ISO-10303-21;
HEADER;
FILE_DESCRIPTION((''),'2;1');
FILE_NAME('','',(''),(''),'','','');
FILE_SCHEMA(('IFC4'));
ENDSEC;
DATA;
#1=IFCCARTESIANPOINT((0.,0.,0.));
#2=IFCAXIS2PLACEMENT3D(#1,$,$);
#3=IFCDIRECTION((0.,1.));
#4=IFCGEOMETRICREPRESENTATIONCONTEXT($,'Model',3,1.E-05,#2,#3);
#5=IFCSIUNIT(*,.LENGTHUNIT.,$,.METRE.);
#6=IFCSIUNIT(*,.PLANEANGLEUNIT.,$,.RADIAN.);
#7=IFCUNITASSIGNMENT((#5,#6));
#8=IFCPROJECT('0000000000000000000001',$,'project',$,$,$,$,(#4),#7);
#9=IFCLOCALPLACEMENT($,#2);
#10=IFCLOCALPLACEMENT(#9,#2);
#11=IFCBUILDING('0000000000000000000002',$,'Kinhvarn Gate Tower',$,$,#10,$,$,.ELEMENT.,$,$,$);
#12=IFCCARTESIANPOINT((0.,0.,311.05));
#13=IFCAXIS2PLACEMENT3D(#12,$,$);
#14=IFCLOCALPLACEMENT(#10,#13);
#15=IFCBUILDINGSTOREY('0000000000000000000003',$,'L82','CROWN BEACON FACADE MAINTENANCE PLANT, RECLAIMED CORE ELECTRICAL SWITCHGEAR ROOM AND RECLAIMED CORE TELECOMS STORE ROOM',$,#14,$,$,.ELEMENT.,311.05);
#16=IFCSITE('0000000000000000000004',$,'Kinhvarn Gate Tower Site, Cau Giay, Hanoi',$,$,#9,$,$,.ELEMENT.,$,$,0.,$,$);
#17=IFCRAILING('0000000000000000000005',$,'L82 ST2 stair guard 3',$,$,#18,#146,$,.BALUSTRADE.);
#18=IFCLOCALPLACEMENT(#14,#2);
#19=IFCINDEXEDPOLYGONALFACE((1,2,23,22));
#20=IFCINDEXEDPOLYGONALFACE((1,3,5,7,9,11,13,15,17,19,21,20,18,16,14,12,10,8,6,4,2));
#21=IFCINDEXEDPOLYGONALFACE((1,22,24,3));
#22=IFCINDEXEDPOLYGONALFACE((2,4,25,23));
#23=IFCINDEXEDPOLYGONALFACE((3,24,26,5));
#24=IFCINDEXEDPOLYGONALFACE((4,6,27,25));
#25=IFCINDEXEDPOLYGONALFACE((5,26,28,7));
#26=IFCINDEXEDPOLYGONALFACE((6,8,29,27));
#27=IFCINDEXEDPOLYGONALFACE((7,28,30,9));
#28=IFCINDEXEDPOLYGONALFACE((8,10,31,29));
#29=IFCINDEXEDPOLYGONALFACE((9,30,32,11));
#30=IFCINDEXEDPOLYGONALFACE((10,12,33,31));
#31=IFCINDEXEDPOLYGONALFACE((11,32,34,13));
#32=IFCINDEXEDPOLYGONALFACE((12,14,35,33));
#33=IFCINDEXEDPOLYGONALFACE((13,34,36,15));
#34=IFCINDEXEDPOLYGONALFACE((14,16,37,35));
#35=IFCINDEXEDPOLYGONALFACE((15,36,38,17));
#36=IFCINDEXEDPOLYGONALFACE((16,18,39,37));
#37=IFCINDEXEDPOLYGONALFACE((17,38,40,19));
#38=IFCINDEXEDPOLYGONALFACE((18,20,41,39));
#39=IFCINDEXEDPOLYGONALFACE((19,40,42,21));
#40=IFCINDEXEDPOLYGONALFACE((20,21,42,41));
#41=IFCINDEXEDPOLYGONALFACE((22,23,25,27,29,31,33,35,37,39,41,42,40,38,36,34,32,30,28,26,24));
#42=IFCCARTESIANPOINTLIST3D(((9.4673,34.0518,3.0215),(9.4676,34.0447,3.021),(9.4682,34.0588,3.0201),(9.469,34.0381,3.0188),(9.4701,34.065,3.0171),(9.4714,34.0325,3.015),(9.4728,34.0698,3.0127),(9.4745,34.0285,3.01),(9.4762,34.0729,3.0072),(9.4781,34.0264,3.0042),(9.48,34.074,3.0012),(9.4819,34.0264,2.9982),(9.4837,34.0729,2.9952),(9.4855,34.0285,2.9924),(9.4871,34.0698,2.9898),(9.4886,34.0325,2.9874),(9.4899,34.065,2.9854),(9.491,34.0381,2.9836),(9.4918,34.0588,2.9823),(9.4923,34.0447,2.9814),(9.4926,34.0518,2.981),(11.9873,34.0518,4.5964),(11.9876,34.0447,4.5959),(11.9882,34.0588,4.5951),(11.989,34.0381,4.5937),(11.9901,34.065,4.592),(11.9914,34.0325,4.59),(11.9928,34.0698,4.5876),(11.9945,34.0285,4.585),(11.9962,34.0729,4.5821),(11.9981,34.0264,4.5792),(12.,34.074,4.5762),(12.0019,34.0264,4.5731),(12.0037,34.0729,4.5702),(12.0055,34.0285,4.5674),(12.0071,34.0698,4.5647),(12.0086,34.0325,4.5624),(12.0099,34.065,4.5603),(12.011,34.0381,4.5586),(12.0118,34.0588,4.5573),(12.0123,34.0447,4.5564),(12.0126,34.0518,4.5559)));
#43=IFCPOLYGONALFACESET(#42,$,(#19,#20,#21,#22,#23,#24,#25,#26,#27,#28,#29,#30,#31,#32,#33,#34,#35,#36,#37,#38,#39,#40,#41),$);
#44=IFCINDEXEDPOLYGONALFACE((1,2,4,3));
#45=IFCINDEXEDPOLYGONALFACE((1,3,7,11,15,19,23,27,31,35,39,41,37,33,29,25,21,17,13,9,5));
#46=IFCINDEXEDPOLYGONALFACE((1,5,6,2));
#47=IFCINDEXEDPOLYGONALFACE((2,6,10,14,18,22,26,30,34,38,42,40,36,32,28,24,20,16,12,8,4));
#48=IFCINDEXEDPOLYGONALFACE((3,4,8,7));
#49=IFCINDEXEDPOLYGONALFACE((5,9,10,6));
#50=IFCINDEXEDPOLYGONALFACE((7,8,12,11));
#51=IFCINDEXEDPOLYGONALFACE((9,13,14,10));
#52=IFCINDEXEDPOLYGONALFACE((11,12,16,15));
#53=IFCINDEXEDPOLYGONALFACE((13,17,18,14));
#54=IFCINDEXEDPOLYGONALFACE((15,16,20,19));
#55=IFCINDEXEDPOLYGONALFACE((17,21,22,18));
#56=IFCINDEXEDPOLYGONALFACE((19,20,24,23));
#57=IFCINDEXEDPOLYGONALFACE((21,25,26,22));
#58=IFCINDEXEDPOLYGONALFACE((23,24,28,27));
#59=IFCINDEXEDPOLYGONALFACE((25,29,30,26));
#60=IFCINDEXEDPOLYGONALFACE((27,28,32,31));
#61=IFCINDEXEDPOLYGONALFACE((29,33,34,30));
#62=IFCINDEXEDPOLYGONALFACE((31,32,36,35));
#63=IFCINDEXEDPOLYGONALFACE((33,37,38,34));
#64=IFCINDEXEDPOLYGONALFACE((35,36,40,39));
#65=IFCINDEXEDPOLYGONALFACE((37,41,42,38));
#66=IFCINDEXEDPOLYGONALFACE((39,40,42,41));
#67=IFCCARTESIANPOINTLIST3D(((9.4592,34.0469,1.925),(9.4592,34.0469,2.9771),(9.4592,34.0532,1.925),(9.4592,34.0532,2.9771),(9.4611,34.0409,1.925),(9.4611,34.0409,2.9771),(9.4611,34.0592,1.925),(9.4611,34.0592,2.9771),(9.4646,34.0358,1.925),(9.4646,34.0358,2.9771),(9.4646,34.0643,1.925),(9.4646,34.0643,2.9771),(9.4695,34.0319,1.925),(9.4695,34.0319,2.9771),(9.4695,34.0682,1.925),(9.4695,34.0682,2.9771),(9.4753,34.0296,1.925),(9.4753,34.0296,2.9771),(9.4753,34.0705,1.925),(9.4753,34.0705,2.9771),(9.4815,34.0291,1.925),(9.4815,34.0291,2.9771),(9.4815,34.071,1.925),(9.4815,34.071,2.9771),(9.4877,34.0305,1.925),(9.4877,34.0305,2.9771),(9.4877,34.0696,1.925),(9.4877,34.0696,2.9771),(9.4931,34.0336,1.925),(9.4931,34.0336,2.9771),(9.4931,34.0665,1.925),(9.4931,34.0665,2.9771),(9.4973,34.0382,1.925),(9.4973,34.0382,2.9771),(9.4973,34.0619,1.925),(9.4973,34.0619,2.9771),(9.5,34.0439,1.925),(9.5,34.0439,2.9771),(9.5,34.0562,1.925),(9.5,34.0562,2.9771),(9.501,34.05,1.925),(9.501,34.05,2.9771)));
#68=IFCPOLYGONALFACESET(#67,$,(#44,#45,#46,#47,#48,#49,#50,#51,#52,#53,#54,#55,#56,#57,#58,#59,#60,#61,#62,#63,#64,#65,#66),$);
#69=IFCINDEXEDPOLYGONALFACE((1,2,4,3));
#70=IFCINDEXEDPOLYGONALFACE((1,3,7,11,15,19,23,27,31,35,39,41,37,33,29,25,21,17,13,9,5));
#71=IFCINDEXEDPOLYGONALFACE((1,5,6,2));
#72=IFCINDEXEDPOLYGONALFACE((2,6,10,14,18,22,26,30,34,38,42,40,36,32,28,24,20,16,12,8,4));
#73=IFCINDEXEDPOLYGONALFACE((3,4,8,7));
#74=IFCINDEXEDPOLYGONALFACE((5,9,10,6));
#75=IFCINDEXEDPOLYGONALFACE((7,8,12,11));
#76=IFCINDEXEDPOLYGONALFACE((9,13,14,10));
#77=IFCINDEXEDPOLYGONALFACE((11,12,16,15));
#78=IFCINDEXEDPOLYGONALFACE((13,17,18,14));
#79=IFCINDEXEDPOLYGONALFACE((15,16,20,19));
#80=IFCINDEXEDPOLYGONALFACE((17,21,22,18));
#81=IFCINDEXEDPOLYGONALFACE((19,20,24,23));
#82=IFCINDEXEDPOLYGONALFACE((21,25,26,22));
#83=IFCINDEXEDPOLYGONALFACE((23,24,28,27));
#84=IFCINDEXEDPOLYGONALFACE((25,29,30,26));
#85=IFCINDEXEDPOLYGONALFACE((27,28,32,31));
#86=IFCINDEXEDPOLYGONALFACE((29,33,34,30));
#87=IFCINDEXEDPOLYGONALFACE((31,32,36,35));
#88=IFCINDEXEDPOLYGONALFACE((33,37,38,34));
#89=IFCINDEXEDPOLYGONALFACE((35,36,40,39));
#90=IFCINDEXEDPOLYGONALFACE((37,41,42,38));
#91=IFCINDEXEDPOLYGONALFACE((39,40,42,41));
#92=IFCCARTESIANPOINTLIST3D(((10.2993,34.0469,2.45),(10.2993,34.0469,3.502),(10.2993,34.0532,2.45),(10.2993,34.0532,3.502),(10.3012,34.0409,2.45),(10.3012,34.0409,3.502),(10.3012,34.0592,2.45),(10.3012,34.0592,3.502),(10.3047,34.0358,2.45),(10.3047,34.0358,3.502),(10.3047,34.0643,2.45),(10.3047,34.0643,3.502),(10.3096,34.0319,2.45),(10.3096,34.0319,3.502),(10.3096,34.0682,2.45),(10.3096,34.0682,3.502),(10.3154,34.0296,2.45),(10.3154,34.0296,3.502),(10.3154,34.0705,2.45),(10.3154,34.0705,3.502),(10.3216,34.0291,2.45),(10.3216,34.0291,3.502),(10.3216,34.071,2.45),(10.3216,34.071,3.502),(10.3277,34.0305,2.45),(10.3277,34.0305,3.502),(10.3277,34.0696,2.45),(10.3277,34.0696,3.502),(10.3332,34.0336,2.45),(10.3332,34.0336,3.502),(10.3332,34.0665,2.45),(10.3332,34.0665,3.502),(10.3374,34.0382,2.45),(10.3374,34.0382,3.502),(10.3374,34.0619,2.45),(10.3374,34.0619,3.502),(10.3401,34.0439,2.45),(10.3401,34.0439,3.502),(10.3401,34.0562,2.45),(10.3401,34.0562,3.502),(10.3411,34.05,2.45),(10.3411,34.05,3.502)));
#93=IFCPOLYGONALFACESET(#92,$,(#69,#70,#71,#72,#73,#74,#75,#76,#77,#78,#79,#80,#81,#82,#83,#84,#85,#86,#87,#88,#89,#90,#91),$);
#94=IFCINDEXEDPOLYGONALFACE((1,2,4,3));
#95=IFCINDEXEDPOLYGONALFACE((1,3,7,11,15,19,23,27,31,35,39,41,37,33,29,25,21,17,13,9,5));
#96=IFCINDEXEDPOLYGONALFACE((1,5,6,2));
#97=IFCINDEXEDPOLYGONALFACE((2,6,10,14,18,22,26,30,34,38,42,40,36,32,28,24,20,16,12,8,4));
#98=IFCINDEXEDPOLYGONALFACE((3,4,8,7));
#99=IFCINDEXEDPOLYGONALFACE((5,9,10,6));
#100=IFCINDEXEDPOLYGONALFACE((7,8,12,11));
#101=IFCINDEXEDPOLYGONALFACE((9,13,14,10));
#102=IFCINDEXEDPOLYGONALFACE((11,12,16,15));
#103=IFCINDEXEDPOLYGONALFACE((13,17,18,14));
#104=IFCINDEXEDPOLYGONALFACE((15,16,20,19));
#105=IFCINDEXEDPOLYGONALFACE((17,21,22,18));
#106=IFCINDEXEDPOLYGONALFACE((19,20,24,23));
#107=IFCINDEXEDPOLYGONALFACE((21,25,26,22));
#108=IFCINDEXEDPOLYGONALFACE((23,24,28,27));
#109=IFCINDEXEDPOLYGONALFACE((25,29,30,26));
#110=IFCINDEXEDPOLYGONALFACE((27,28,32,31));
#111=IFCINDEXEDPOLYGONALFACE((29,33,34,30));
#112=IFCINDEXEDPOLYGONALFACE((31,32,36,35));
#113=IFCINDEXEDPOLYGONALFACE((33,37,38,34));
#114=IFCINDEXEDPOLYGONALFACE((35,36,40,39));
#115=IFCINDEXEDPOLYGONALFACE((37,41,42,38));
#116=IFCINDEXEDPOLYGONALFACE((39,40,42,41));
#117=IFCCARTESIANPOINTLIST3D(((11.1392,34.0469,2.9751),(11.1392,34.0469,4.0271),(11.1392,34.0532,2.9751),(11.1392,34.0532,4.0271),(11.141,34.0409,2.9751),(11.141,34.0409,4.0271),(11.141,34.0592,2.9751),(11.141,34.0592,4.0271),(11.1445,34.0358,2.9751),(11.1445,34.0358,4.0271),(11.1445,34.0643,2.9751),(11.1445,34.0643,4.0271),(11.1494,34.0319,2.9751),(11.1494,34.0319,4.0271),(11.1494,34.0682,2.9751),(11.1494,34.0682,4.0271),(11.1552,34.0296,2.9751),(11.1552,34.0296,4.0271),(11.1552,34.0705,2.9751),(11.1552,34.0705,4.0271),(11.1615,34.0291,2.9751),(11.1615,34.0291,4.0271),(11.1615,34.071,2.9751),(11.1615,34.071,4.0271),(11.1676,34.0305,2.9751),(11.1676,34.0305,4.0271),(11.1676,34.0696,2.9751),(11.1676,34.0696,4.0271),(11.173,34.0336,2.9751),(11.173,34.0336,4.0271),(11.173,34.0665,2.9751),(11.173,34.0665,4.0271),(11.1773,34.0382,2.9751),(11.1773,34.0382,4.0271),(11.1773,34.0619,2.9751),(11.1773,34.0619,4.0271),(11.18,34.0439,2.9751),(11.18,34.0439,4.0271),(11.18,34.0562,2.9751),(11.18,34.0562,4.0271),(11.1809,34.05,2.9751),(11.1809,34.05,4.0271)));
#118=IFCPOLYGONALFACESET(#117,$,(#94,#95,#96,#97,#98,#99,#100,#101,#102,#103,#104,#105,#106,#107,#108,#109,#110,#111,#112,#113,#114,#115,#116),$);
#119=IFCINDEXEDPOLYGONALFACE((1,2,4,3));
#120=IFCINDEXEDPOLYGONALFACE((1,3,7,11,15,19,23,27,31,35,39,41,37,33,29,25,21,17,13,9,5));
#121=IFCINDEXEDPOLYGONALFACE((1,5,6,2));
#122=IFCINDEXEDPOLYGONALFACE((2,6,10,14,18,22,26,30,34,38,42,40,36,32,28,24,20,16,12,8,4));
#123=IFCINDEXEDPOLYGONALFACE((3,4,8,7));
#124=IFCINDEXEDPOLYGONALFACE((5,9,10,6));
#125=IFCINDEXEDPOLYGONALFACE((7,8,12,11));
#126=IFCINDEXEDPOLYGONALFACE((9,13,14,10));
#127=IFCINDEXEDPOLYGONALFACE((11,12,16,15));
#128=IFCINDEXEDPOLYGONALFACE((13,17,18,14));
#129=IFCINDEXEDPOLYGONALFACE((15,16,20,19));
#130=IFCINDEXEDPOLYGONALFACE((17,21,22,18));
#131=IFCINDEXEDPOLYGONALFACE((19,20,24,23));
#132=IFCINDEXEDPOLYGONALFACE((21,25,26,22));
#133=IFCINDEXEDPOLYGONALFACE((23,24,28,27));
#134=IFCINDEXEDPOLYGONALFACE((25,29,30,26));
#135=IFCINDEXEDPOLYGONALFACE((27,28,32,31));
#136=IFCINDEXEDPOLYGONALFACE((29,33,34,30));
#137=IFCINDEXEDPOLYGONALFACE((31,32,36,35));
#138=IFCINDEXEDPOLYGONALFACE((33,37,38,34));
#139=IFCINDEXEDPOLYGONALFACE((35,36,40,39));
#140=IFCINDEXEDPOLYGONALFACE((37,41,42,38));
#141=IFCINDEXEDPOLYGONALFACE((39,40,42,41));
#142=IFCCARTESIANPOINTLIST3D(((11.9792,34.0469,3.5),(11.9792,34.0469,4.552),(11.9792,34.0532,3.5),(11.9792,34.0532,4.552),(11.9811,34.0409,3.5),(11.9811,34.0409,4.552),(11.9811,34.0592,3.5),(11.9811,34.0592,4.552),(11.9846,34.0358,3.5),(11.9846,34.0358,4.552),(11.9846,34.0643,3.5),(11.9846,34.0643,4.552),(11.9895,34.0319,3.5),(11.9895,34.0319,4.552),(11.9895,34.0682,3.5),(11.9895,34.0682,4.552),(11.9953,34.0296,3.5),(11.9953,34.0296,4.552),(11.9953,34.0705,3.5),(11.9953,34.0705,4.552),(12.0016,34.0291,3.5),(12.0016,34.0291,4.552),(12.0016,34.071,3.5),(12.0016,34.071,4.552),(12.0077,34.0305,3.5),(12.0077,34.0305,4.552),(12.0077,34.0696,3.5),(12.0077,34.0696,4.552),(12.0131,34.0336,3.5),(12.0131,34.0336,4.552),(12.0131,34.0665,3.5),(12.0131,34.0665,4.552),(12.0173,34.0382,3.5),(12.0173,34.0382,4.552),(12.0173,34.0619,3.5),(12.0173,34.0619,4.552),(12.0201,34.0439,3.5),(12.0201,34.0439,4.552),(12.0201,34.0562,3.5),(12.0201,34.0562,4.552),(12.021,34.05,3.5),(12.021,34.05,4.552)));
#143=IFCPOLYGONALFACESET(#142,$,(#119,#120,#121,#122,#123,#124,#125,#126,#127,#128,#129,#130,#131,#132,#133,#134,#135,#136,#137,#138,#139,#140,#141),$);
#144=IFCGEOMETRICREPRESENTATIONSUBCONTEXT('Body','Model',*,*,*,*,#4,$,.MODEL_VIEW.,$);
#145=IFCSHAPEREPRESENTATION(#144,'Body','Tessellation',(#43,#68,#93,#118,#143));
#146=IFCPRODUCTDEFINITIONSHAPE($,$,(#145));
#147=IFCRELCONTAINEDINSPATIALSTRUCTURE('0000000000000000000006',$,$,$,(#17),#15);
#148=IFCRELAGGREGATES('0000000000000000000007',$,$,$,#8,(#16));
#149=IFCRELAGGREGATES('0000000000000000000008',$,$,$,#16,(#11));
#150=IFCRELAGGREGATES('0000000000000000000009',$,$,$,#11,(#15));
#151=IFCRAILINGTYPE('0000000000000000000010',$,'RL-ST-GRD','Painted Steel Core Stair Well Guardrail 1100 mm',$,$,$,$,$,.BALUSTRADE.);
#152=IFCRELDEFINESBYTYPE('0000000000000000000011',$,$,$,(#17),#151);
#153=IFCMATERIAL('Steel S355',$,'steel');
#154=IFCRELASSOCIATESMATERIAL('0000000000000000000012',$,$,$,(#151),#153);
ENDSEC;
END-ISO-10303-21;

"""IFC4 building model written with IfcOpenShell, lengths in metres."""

from ifc_helpers import new_model, si_unit, direction, frame, origin, origin_2d, place, context, subcontext, project, spatial, circle, extrude, material, type_object, element, save


model = new_model("IFC4")

# Units and contexts
model_context = context("Model", 3, precision=1e-05, world=origin(), true_north=direction((0.0, 1.0)))
body_context = subcontext(model_context, "Body", "Model", "MODEL_VIEW")
ifc_project = project(units=[si_unit("LENGTHUNIT", "METRE"), si_unit("PLANEANGLEUNIT", "RADIAN")], contexts=[model_context])

# Site, building, storey
site_placement = place(None, origin())
site = spatial("IfcSite", under=ifc_project, at=site_placement, Name="Kinhvarn Gate Tower Site, Cau Giay, Hanoi", CompositionType="ELEMENT", RefElevation=0.0)
building_placement = place(site_placement, origin())
building = spatial("IfcBuilding", under=site, at=building_placement, Name="Kinhvarn Gate Tower", CompositionType="ELEMENT")
storey_placement = place(building_placement, frame((0.0, 0.0, 311.05)))
storey = spatial("IfcBuildingStorey", under=building, at=storey_placement, Name="L82", Description="CROWN BEACON FACADE MAINTENANCE PLANT, RECLAIMED CORE ELECTRICAL SWITCHGEAR ROOM AND RECLAIMED CORE TELECOMS STORE ROOM", CompositionType="ELEMENT", Elevation=311.05)

# Railing
ifc_material_1 = material(Name="Steel S355", Category="steel")
railing_type_1 = type_object("IfcRailingType", Name="RL-ST-GRD", Description="Painted Steel Core Stair Well Guardrail 1100 mm", PredefinedType="BALUSTRADE", material=ifc_material_1)
railing_1_placement = place(storey_placement, frame((9.48, 34.05, 1.925)))
element("IfcRailing", 1, at=railing_1_placement, inside=storey, type_object=railing_type_1, Name="L82 ST2 stair guard 3", PredefinedType="BALUSTRADE", context=body_context, shape_type="SweptSolid", body=[
    extrude(circle(Radius=0.0239, at=origin_2d()), frame((0.0, 0.0, 1.0762), z_axis=(0.848008, 0.0, 0.529984), x_axis=(0.0, 1.0, 0.0)), (0.0, 0.0, 1.0), 2.9717),
    extrude(circle(Radius=0.021, at=origin_2d()), origin(), (0.0, 0.0, 1.0), 1.052),
    extrude(circle(Radius=0.021, at=origin_2d()), frame((0.8401, 0.0, 0.5249)), (0.0, 0.0, 1.0), 1.052),
    extrude(circle(Radius=0.021, at=origin_2d()), frame((1.6799, 0.0, 1.05)), (0.0, 0.0, 1.0), 1.052),
    extrude(circle(Radius=0.021, at=origin_2d()), frame((2.52, 0.0, 1.575)), (0.0, 0.0, 1.0), 1.052),
])

save(model, "model.ifc")
